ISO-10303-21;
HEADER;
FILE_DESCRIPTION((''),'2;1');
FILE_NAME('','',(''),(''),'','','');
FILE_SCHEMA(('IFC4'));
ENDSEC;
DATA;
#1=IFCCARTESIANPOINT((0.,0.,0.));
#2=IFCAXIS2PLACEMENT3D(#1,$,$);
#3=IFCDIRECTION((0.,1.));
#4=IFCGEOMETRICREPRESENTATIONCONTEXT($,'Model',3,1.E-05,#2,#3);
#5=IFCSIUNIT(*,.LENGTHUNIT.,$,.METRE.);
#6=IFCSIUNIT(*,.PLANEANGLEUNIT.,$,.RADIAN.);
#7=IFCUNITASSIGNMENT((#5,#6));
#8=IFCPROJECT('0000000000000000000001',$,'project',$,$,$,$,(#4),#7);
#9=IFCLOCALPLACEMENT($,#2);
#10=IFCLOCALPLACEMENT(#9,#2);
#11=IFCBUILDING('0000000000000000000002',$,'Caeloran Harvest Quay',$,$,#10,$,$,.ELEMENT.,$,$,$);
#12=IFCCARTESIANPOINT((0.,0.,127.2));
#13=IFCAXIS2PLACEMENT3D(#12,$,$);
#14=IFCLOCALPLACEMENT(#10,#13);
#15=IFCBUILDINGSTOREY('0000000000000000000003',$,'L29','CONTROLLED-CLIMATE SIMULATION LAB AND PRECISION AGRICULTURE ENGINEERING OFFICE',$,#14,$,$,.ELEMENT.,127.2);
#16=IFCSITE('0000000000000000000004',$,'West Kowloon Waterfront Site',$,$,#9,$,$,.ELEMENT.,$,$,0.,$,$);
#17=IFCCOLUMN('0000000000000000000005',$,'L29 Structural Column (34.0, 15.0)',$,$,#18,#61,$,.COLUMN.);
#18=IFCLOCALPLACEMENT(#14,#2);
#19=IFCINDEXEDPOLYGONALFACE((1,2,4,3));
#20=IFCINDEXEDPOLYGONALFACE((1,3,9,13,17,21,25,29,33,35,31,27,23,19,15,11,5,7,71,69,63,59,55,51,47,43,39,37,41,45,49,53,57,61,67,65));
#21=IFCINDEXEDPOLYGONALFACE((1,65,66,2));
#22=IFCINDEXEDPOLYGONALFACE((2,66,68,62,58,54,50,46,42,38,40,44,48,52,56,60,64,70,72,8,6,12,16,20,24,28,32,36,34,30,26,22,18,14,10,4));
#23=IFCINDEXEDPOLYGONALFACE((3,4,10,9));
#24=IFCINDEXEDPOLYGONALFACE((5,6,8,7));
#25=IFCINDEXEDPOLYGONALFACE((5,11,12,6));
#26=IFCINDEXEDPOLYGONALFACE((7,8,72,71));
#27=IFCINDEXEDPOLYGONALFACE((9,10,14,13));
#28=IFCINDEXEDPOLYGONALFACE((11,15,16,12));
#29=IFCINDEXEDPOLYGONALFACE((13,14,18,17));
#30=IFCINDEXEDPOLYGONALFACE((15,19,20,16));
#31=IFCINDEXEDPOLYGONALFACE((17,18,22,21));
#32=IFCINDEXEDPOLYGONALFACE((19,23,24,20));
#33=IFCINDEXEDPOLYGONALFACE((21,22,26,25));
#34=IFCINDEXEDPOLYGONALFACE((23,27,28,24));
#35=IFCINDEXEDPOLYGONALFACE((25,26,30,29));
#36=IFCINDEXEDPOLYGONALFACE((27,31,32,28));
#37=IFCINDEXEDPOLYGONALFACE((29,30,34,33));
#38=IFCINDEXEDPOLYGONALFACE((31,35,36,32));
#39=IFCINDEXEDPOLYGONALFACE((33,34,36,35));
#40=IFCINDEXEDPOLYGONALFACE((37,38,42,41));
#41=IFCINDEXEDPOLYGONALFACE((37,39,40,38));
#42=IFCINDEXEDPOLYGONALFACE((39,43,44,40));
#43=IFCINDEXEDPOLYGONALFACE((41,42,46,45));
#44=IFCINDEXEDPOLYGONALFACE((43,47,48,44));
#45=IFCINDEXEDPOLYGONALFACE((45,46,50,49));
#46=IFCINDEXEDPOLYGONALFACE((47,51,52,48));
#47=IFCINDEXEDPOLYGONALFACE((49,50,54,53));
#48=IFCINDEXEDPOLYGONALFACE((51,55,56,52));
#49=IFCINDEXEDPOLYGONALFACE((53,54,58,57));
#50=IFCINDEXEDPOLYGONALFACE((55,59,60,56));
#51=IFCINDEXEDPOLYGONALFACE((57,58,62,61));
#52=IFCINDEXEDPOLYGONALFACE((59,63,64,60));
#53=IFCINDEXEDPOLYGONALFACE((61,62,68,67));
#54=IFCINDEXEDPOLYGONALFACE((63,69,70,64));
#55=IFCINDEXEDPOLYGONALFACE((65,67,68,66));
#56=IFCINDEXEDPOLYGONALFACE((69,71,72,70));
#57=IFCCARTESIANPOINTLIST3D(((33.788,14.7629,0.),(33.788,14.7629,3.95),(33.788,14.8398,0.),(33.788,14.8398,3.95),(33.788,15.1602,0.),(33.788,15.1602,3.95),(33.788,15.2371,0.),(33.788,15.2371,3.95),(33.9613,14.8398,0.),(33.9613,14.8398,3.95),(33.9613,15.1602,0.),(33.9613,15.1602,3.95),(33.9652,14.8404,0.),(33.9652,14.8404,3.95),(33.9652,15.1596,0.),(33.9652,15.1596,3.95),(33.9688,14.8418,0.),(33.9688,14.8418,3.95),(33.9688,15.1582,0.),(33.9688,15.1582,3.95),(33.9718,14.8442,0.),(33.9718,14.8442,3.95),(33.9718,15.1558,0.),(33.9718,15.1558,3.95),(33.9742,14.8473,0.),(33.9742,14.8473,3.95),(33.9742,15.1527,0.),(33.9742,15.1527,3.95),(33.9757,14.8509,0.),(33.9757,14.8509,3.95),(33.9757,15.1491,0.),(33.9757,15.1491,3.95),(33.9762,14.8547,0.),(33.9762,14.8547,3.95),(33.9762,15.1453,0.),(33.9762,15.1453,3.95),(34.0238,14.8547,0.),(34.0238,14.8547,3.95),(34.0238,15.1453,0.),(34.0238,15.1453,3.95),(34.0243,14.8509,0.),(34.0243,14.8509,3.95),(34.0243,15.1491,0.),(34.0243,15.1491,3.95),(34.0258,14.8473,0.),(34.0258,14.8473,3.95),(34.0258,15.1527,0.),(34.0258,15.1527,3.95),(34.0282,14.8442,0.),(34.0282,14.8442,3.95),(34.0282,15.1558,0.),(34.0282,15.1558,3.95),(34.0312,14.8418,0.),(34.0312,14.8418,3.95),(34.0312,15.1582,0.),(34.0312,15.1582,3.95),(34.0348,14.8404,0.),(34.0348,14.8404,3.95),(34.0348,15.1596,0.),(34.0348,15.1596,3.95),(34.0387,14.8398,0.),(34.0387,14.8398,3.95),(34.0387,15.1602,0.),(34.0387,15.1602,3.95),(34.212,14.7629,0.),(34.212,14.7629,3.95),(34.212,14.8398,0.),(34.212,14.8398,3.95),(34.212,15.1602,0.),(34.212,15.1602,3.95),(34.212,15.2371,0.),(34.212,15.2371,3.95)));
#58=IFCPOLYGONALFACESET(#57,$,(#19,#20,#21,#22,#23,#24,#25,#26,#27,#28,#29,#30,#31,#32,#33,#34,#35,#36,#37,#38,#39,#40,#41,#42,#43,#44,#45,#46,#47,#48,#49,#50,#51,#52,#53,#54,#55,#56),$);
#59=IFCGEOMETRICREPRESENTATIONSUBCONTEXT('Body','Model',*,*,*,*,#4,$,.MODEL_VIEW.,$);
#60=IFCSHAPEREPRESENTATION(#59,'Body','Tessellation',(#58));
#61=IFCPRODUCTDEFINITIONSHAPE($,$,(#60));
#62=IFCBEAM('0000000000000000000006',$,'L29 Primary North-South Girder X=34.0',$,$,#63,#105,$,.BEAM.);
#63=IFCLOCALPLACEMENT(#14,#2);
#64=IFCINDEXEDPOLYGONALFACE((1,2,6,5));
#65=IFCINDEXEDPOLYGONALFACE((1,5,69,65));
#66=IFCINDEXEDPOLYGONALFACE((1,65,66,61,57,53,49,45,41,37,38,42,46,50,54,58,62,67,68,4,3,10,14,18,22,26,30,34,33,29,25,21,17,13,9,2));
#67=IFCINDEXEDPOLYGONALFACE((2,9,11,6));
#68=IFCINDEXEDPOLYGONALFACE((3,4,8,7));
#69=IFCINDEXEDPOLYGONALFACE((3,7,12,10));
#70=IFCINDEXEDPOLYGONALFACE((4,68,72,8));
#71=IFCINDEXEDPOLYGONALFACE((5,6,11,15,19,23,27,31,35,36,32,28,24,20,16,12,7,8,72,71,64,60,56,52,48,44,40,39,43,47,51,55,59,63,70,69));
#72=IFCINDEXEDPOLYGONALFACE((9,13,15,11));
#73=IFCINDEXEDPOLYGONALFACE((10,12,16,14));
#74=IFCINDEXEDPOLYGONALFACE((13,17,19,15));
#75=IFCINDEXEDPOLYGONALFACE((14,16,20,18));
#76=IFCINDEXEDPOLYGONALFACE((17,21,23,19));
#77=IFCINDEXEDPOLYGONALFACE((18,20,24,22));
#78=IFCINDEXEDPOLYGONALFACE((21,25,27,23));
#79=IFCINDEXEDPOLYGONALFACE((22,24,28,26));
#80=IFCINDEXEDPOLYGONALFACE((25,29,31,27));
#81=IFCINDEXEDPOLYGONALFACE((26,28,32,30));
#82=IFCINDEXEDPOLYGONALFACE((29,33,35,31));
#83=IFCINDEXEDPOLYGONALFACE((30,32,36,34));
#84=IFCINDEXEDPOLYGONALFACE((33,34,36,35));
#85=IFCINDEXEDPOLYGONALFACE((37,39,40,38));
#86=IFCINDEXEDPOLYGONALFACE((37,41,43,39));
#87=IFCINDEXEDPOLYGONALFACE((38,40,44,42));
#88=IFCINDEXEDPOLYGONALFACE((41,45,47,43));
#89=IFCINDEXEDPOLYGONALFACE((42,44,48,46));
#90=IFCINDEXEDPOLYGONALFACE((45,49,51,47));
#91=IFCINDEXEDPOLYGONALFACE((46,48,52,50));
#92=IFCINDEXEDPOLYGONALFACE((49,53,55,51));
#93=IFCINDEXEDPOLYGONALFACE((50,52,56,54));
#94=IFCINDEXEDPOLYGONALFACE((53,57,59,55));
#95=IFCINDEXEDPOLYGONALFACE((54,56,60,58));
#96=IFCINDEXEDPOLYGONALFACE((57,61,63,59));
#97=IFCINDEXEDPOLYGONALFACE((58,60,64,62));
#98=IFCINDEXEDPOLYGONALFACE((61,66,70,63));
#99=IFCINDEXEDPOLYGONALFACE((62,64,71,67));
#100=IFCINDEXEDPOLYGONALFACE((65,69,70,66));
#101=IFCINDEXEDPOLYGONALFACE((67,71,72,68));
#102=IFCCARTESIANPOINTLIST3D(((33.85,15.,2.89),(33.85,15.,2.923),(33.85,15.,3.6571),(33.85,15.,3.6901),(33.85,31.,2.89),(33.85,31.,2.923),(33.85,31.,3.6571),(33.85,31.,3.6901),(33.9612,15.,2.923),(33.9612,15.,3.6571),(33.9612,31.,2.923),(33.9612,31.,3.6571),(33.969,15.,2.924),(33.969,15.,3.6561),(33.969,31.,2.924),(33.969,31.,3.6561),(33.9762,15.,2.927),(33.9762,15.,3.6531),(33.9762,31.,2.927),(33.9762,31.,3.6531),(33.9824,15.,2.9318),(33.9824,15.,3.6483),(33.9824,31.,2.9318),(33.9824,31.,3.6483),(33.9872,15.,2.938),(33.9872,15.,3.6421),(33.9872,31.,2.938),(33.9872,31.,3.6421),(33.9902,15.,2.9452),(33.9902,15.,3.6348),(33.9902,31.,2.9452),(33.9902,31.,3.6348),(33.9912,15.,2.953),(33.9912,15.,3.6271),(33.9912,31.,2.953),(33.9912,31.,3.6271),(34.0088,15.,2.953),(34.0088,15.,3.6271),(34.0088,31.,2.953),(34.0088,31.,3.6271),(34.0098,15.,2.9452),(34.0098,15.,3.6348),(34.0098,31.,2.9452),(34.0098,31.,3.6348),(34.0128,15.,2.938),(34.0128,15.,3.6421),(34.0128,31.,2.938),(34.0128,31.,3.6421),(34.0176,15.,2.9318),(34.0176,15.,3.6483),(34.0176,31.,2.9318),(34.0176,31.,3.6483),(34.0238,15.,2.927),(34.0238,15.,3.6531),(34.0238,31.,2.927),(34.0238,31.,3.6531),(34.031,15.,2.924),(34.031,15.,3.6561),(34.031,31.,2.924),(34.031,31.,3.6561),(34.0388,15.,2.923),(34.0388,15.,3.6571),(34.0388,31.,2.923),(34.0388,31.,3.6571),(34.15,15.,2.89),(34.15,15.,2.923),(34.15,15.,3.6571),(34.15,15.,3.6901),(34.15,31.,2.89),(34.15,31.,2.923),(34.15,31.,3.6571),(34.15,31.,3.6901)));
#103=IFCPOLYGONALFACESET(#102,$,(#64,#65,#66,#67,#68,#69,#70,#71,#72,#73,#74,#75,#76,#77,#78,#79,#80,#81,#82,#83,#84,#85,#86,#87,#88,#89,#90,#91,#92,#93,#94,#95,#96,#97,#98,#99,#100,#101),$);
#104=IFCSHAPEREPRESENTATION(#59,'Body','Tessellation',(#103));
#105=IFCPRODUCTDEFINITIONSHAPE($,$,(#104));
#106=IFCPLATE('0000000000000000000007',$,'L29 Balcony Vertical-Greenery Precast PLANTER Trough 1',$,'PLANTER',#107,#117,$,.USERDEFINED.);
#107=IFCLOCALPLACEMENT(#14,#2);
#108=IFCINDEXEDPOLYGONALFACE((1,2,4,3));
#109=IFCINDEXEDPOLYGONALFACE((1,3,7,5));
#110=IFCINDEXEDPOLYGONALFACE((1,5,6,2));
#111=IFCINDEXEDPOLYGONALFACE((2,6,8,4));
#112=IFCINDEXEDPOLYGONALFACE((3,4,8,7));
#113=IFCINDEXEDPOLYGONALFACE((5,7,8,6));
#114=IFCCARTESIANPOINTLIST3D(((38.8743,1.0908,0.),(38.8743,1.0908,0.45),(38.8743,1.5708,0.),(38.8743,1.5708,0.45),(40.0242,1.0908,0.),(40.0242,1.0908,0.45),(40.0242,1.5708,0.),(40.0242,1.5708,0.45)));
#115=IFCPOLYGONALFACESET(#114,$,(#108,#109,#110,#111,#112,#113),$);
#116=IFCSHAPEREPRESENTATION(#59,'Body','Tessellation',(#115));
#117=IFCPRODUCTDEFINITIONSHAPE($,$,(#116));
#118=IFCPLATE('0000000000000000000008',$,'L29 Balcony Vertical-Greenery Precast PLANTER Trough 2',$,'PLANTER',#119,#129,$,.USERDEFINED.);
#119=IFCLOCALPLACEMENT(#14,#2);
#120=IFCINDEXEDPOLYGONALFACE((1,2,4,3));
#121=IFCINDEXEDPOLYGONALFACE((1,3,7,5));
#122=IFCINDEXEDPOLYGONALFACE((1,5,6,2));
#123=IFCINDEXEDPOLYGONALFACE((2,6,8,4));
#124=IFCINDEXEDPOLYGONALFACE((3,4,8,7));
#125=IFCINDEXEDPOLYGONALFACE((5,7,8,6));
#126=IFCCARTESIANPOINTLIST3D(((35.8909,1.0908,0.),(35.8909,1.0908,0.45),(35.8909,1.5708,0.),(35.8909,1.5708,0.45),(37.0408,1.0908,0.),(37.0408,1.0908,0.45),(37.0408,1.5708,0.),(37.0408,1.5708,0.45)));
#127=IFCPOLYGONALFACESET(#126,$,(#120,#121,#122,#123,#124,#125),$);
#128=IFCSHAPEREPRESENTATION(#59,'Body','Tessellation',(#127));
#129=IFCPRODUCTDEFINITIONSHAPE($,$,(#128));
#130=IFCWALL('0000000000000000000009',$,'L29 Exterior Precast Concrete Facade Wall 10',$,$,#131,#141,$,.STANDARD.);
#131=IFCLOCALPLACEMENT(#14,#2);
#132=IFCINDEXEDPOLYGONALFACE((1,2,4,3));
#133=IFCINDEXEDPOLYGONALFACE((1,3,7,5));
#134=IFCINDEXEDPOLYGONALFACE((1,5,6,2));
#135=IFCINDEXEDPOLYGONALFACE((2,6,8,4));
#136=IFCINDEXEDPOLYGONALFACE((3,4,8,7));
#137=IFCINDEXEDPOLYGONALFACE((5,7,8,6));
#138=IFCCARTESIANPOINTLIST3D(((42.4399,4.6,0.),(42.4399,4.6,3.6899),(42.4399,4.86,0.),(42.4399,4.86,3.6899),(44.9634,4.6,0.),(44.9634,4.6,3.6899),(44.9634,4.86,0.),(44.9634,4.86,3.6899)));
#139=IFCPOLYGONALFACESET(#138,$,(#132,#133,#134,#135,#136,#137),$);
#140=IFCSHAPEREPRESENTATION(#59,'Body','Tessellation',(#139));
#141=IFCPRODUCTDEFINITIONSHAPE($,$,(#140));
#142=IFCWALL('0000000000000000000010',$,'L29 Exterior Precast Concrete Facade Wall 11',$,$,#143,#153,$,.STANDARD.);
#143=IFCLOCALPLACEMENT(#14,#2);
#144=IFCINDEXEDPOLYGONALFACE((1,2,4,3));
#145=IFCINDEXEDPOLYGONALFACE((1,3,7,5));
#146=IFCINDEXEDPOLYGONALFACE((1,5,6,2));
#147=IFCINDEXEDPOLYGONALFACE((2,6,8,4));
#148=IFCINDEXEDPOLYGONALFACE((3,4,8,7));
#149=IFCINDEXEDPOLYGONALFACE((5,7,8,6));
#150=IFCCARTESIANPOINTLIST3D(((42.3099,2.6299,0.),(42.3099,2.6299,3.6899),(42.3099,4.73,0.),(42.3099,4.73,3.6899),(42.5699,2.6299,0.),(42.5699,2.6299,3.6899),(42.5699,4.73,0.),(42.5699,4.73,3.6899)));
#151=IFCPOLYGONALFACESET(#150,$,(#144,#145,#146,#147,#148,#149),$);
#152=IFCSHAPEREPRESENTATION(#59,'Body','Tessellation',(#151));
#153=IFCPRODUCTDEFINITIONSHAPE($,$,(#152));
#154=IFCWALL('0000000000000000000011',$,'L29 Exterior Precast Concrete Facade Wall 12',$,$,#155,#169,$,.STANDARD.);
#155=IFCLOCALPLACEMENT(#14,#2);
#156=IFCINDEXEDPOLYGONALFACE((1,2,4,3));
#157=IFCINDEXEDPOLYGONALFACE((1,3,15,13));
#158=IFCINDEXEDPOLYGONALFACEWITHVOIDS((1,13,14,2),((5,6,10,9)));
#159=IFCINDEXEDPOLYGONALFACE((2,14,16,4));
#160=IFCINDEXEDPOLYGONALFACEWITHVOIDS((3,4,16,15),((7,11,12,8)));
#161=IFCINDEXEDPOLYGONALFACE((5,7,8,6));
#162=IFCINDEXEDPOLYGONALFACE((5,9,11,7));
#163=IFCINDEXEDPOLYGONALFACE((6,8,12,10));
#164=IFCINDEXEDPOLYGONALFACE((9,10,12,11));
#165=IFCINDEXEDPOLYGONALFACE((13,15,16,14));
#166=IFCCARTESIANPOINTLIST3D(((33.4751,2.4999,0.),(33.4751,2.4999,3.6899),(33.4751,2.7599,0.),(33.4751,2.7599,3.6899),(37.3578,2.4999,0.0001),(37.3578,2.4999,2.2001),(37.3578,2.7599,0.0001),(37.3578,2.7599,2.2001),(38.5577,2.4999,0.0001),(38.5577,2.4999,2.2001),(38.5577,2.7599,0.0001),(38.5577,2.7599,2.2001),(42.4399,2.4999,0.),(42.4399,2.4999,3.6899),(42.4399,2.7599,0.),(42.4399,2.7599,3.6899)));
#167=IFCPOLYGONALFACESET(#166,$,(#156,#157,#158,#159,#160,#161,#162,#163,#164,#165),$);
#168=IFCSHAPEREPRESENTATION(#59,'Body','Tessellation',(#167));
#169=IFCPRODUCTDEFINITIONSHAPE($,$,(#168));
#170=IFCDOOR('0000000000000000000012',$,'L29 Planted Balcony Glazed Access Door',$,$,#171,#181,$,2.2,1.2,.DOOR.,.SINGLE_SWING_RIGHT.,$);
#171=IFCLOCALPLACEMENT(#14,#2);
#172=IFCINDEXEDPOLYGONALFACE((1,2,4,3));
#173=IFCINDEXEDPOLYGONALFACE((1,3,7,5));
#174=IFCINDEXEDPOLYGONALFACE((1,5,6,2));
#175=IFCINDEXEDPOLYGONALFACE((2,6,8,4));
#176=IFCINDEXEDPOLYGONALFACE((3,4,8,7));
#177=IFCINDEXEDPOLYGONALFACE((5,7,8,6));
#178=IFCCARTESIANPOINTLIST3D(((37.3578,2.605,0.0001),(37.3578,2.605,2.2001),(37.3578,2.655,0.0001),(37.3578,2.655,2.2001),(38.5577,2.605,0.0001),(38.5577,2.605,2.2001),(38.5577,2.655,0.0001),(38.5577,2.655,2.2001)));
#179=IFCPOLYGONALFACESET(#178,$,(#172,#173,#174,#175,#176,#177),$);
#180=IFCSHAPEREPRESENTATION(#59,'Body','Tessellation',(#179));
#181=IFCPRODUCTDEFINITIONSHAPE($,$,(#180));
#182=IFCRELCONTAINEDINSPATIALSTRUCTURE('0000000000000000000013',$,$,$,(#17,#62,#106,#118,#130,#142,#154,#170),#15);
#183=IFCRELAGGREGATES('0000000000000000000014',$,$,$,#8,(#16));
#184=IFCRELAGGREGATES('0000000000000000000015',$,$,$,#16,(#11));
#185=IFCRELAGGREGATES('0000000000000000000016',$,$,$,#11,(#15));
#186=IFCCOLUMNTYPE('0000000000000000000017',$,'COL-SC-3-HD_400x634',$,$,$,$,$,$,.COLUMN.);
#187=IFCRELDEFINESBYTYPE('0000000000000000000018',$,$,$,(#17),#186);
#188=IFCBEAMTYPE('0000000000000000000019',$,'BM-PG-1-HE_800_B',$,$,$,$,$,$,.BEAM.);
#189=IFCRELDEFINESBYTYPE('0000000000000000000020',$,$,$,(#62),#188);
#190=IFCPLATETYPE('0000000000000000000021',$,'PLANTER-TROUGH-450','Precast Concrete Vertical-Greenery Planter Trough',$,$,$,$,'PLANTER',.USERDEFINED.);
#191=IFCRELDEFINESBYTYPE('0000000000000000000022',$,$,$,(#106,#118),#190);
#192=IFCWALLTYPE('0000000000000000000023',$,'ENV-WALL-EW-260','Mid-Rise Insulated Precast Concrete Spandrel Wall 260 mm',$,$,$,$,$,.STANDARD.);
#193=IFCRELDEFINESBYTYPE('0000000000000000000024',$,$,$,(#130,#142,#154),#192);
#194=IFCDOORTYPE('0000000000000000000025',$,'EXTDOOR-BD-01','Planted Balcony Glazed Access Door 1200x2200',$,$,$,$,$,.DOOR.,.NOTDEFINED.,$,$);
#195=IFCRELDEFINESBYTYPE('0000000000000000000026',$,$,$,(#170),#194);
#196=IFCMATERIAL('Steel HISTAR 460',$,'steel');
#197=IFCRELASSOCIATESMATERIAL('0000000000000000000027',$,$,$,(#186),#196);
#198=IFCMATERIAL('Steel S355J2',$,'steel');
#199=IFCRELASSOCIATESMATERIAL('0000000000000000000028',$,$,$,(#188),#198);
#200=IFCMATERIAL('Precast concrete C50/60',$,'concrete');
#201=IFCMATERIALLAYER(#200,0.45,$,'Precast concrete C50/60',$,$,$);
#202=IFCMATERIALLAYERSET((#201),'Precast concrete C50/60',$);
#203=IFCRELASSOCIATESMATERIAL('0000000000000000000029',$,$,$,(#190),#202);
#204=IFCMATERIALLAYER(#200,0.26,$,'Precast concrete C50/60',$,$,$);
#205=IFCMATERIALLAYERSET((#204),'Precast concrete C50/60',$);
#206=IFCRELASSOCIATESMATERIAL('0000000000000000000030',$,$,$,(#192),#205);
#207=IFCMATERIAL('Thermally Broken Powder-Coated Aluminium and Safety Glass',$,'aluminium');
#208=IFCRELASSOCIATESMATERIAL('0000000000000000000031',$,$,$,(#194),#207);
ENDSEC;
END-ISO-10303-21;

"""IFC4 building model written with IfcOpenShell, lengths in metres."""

from ifc_helpers import new_model, si_unit, direction, frame, frame_2d, origin, origin_2d, place, context, subcontext, project, spatial, rectangle, i_section, extrude, material, layer, layer_set, material_profile, profile_set, type_object, element, fill, save


model = new_model("IFC4")

# Units and contexts
model_context = context("Model", 3, precision=1e-05, world=origin(), true_north=direction((0.0, 1.0)))
body_context = subcontext(model_context, "Body", "Model", "MODEL_VIEW")
ifc_project = project(units=[si_unit("LENGTHUNIT", "METRE"), si_unit("PLANEANGLEUNIT", "RADIAN")], contexts=[model_context])

# Site, building, storey
site_placement = place(None, origin())
site = spatial("IfcSite", under=ifc_project, at=site_placement, Name="West Kowloon Waterfront Site", CompositionType="ELEMENT", RefElevation=0.0)
building_placement = place(site_placement, origin())
building = spatial("IfcBuilding", under=site, at=building_placement, Name="Caeloran Harvest Quay", CompositionType="ELEMENT")
storey_placement = place(building_placement, frame((0.0, 0.0, 127.2)))
storey = spatial("IfcBuildingStorey", under=building, at=storey_placement, Name="L29", Description="CONTROLLED-CLIMATE SIMULATION LAB AND PRECISION AGRICULTURE ENGINEERING OFFICE", CompositionType="ELEMENT", Elevation=127.2)

# Column
ifc_material_1 = material(Name="Steel HISTAR 460", Category="steel")
ifc_material_profile_1 = material_profile(ifc_material_1, i_section(OverallWidth=0.4241, OverallDepth=0.4741, WebThickness=0.0476, FlangeThickness=0.0769, FilletRadius=0.0149, at=origin_2d()), Name="HD 400x634")
ifc_profile_set_1 = profile_set([ifc_material_profile_1], Name="Steel HISTAR 460")
column_type = type_object("IfcColumnType", Name="COL-SC-3-HD_400x634", PredefinedType="COLUMN", material=ifc_profile_set_1)
column_placement = place(storey_placement, frame((34.0, 15.0, 0.0), z_axis=(0.0, 0.0, 1.0), x_axis=(1.0, 0.0, 0.0)))
element("IfcColumn", 1, at=column_placement, inside=storey, type_object=column_type, Name="L29 Structural Column (34.0, 15.0)", PredefinedType="COLUMN", context=body_context, shape_type="SweptSolid", body=[
    extrude(i_section(OverallWidth=0.4241, OverallDepth=0.4741, WebThickness=0.0476, FlangeThickness=0.0769, FilletRadius=0.0149, at=origin_2d()), origin(), (0.0, 0.0, 1.0), 3.95),
])

# Beam
ifc_material_2 = material(Name="Steel S355J2", Category="steel")
ifc_material_profile_2 = material_profile(ifc_material_2, i_section(OverallWidth=0.3, OverallDepth=0.8, WebThickness=0.0176, FlangeThickness=0.033, FilletRadius=0.03, at=origin_2d()), Name="HE 800 B")
ifc_profile_set_2 = profile_set([ifc_material_profile_2], Name="Steel S355J2")
beam_type = type_object("IfcBeamType", Name="BM-PG-1-HE_800_B", PredefinedType="BEAM", material=ifc_profile_set_2)
beam_placement = place(storey_placement, frame((34.0, 15.0, 3.29), z_axis=(0.0, 1.0, 0.0), x_axis=(-1.0, 0.0, 0.0)))
element("IfcBeam", 2, at=beam_placement, inside=storey, type_object=beam_type, Name="L29 Primary North-South Girder X=34.0", PredefinedType="BEAM", context=body_context, shape_type="SweptSolid", body=[
    extrude(i_section(OverallWidth=0.3, OverallDepth=0.8, WebThickness=0.0176, FlangeThickness=0.033, FilletRadius=0.03, at=origin_2d()), origin(), (0.0, 0.0, 1.0), 16.0),
])

# Plates
ifc_material_3 = material(Name="Precast concrete C50/60", Category="concrete")
ifc_layer_1 = layer(ifc_material_3, 0.45, Name="Precast concrete C50/60")
ifc_layer_set_1 = layer_set([ifc_layer_1], Name="Precast concrete C50/60")
plate_type = type_object("IfcPlateType", Name="PLANTER-TROUGH-450", Description="Precast Concrete Vertical-Greenery Planter Trough", ElementType="PLANTER", PredefinedType="USERDEFINED", material=ifc_layer_set_1)
for number, where, z_axis, x_axis, name in (
    (3, (39.4492, 1.3308, 0.0), (0.0, 0.0, 1.0), (1.0, 0.0, 0.0), "L29 Balcony Vertical-Greenery Precast PLANTER Trough 1"),
    (4, (36.4658, 1.3308, 0.0), (0.0, 0.0, 1.0), (1.0, 0.0, 0.0), "L29 Balcony Vertical-Greenery Precast PLANTER Trough 2"),
):
    element("IfcPlate", number, at=place(storey_placement, frame(where, z_axis=z_axis, x_axis=x_axis)), inside=storey, type_object=plate_type, Name=name, ObjectType="PLANTER", PredefinedType="USERDEFINED", context=body_context, shape_type="SweptSolid", body=[
        extrude(rectangle(XDim=1.1499, YDim=0.48, at=origin_2d()), origin(), (0.0, 0.0, 1.0), 0.45),
    ])

# Walls
ifc_layer_2 = layer(ifc_material_3, 0.26, Name="Precast concrete C50/60")
ifc_layer_set_2 = layer_set([ifc_layer_2], Name="Precast concrete C50/60")
wall_type_1 = type_object("IfcWallType", Name="ENV-WALL-EW-260", Description="Mid-Rise Insulated Precast Concrete Spandrel Wall 260 mm", PredefinedType="STANDARD", material=ifc_layer_set_2)
wall_1_placement = place(storey_placement, frame((44.9634, 4.73, 0.0), z_axis=(0.0, 0.0, 1.0), x_axis=(-1.0, 0.0, 0.0)))
element("IfcWall", 5, at=wall_1_placement, inside=storey, type_object=wall_type_1, Name="L29 Exterior Precast Concrete Facade Wall 10", PredefinedType="STANDARD", context=body_context, shape_type="SweptSolid", body=[
    extrude(rectangle(XDim=2.5234, YDim=0.26, at=frame_2d((1.2617, 0.0))), origin(), (0.0, 0.0, 1.0), 3.6899),
])
wall_2_placement = place(storey_placement, frame((42.4399, 4.73, 0.0), z_axis=(0.0, 0.0, 1.0), x_axis=(0.0, -1.0, 0.0)))
element("IfcWall", 6, at=wall_2_placement, inside=storey, type_object=wall_type_1, Name="L29 Exterior Precast Concrete Facade Wall 11", PredefinedType="STANDARD", context=body_context, shape_type="SweptSolid", body=[
    extrude(rectangle(XDim=2.1001, YDim=0.26, at=frame_2d((1.05, 0.0))), origin(), (0.0, 0.0, 1.0), 3.6899),
])

# Wall, opening, door
wall_3_placement = place(storey_placement, frame((42.4399, 2.6299, 0.0), z_axis=(0.0, 0.0, 1.0), x_axis=(-1.0, 0.0, 0.0)))
wall_3 = element("IfcWall", 7, at=wall_3_placement, inside=storey, type_object=wall_type_1, Name="L29 Exterior Precast Concrete Facade Wall 12", PredefinedType="STANDARD", context=body_context, shape_type="SweptSolid", body=[
    extrude(rectangle(XDim=8.9648, YDim=0.26, at=frame_2d((4.4824, 0.0))), origin(), (0.0, 0.0, 1.0), 3.6899),
])
opening_placement = place(wall_3_placement, frame((3.8821, 0.0, 0.0)))
opening = element("IfcOpeningElement", 8, at=opening_placement, cuts=wall_3, PredefinedType="OPENING", context=body_context, shape_type="SweptSolid", body=[
    extrude(rectangle(XDim=1.2, YDim=2.2, at=frame_2d((0.6001, 1.1001))), frame((0.0, 0.1401, 0.0), z_axis=(0.0, -1.0, 0.0), x_axis=(1.0, 0.0, 0.0)), (0.0, 0.0, 1.0), 0.28),
])
ifc_material_4 = material(Name="Thermally Broken Powder-Coated Aluminium and Safety Glass", Category="aluminium")
door_type = type_object("IfcDoorType", Name="EXTDOOR-BD-01", Description="Planted Balcony Glazed Access Door 1200x2200", OperationType="NOTDEFINED", PredefinedType="DOOR", material=ifc_material_4)
door_placement = place(opening_placement, origin())
door = element("IfcDoor", 9, at=door_placement, inside=storey, type_object=door_type, Name="L29 Planted Balcony Glazed Access Door", OperationType="SINGLE_SWING_RIGHT", OverallHeight=2.2, OverallWidth=1.2, PredefinedType="DOOR", context=body_context, shape_type="SweptSolid", body=[
    extrude(rectangle(XDim=1.2, YDim=2.2, at=frame_2d((0.6001, 1.1001))), frame((0.0, 0.0249, 0.0), z_axis=(0.0, -1.0, 0.0), x_axis=(1.0, 0.0, 0.0)), (0.0, 0.0, 1.0), 0.05),
])
fill(opening, door)

save(model, "model.ifc")
